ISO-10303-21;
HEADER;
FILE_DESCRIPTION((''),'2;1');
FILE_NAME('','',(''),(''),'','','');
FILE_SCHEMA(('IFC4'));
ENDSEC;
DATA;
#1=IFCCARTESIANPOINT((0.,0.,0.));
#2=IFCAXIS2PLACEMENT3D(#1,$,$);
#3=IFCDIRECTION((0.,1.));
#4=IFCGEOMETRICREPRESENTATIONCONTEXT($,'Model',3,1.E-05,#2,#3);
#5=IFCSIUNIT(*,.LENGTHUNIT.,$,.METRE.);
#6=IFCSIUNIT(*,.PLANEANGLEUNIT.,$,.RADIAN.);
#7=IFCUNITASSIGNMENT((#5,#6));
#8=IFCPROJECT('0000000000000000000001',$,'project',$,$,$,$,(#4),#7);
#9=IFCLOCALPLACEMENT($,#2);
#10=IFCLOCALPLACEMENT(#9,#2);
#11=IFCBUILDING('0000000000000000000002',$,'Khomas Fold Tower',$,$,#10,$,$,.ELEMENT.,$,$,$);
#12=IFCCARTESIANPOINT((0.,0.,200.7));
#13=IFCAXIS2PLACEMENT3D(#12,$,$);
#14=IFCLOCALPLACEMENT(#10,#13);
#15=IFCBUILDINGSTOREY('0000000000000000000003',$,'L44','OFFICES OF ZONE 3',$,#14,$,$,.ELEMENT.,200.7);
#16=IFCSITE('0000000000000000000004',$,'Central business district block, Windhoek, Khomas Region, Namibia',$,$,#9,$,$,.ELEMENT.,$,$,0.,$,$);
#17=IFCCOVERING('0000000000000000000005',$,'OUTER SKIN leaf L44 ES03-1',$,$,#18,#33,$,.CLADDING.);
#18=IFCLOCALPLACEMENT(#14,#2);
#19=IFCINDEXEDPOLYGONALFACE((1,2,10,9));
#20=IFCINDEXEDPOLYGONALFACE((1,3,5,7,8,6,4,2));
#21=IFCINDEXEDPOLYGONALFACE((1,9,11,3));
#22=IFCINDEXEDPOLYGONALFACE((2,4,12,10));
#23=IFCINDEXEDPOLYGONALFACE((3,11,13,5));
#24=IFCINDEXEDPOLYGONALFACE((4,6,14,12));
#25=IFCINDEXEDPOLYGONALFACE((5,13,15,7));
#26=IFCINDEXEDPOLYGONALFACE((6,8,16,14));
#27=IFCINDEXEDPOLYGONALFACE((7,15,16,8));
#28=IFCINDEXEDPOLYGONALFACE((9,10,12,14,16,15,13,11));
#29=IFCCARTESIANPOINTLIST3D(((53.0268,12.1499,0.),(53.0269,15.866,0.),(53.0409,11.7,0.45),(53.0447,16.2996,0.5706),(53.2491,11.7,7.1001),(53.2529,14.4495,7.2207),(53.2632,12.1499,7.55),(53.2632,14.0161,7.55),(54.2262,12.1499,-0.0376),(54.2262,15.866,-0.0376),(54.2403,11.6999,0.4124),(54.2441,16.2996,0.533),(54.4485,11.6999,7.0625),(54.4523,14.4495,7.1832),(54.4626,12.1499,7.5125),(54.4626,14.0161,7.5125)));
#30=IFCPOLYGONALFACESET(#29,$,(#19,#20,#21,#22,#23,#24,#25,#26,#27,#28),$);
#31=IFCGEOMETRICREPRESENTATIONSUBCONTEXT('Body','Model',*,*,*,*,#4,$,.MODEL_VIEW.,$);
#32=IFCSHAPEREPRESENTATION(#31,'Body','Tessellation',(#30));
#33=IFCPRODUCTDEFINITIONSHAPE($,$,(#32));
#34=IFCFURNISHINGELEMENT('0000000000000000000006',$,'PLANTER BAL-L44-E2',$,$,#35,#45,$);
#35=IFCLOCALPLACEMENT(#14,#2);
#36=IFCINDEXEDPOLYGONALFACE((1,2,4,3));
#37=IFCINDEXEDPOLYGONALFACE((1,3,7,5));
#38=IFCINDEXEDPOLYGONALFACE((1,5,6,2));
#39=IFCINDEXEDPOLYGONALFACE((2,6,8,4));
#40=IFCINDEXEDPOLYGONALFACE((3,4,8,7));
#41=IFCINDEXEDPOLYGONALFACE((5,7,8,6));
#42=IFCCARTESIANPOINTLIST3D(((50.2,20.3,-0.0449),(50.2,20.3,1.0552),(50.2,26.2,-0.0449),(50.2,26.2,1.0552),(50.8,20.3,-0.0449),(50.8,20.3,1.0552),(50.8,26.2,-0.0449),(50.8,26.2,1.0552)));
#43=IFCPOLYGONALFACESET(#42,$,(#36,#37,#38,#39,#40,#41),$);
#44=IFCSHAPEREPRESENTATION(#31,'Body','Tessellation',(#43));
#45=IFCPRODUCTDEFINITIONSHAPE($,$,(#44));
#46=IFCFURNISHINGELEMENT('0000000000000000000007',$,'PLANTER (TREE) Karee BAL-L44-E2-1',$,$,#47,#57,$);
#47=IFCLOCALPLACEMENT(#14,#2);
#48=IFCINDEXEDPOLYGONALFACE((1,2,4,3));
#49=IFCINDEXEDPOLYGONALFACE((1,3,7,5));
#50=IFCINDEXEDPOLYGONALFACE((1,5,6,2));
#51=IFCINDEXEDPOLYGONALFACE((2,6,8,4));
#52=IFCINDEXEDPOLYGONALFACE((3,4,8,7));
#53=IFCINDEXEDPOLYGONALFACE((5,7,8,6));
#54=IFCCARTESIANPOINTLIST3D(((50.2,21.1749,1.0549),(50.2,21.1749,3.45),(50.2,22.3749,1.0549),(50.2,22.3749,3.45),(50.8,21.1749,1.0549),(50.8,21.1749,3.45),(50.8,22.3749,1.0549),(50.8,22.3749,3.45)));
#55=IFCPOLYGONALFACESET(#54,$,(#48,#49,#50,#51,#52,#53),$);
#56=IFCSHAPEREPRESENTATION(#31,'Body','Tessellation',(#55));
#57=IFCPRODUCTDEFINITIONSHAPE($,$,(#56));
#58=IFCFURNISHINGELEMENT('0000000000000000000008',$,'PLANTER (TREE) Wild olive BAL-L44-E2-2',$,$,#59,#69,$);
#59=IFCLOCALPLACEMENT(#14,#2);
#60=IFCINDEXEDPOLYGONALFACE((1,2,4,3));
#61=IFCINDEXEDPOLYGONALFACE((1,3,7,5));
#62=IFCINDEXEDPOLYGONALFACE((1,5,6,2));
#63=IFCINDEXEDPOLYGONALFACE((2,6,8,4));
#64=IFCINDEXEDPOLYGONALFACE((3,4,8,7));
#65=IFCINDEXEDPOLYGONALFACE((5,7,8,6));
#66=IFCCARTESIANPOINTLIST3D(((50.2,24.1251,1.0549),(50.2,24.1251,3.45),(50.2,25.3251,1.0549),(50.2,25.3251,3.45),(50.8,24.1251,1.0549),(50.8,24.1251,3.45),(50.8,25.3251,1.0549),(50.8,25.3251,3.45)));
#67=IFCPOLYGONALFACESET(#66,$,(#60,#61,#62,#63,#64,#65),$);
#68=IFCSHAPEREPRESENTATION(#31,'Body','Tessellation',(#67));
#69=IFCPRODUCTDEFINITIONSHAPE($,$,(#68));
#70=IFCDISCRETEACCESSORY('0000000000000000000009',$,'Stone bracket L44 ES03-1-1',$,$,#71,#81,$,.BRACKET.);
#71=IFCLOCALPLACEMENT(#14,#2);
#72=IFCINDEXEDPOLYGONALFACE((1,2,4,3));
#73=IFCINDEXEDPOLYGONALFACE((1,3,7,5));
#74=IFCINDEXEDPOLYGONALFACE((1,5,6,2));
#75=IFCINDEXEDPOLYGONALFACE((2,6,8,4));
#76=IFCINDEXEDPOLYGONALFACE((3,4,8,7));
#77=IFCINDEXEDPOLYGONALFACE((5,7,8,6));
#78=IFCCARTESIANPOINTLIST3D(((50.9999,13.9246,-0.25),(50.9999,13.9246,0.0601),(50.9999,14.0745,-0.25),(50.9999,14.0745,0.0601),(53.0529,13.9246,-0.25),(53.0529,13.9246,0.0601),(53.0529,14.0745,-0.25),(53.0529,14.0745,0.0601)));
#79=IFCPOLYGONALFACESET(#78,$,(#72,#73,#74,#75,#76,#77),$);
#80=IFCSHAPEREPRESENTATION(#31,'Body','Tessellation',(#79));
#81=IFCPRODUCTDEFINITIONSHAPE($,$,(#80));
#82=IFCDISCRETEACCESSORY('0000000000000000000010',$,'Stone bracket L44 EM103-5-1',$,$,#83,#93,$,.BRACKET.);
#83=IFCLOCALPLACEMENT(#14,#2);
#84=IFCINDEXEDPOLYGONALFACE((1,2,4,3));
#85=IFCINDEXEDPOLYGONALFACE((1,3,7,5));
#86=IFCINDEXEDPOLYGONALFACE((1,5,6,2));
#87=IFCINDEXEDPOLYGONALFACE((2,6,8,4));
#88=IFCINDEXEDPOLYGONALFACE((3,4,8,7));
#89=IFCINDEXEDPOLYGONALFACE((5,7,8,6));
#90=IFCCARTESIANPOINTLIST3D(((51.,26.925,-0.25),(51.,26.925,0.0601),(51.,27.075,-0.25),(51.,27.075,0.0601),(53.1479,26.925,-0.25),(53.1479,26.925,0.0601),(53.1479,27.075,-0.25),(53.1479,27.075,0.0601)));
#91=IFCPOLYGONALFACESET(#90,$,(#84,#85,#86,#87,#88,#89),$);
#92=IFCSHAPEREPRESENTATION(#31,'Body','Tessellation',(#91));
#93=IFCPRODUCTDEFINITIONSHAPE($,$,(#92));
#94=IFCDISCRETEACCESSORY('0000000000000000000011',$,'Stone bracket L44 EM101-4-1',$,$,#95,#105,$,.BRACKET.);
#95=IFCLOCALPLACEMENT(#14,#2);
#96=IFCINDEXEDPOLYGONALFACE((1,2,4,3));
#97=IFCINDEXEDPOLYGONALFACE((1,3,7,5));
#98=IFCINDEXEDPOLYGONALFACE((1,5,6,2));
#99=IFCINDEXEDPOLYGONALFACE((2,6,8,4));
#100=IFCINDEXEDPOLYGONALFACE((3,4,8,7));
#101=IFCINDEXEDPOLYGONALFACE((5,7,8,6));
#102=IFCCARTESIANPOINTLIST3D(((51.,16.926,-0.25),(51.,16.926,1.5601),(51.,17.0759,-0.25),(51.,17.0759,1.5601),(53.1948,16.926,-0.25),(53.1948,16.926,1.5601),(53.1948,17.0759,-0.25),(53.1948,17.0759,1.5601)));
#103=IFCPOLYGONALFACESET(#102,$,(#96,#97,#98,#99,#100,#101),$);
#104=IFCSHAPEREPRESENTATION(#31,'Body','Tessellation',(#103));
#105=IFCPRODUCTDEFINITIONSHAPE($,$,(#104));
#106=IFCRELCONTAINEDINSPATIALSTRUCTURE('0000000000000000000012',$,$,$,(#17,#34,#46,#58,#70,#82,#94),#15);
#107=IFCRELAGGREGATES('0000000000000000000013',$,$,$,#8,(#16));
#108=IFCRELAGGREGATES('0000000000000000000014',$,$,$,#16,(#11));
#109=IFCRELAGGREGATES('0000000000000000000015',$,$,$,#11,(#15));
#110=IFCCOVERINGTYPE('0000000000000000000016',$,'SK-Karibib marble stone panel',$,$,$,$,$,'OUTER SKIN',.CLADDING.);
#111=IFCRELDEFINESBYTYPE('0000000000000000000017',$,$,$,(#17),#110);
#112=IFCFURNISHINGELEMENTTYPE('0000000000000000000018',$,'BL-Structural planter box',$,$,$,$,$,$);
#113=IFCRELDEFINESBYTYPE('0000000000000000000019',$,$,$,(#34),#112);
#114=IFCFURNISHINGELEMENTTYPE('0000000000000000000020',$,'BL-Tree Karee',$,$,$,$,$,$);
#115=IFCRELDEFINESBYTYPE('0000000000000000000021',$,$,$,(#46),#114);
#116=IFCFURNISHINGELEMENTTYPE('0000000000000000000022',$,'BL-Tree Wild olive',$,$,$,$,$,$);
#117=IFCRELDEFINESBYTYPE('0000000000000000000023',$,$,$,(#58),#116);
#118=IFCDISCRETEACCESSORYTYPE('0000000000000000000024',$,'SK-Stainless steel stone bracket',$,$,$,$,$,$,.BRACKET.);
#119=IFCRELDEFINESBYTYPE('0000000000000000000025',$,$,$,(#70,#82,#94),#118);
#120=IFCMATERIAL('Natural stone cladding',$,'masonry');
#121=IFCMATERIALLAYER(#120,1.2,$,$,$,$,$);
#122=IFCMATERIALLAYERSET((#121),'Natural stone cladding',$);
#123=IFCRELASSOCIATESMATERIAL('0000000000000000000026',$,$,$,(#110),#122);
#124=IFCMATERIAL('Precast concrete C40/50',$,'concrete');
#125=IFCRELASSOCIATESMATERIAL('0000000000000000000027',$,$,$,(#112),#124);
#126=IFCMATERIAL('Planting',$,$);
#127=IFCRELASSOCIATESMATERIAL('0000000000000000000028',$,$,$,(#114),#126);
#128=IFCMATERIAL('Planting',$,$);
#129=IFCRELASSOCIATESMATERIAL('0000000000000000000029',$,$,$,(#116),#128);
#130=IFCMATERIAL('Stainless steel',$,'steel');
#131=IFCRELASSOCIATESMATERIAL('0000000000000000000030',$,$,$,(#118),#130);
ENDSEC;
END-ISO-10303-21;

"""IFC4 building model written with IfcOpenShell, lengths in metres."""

from ifc_helpers import new_model, si_unit, direction, frame, origin, origin_2d, place, context, subcontext, project, spatial, polyline, rectangle, outline, extrude, source, transform, mapped, material, layer, layer_set, type_object, element, save


model = new_model("IFC4")

# Units and contexts
model_context = context("Model", 3, precision=1e-05, world=origin(), true_north=direction((0.0, 1.0)))
body_context = subcontext(model_context, "Body", "Model", "MODEL_VIEW")
ifc_project = project(units=[si_unit("LENGTHUNIT", "METRE"), si_unit("PLANEANGLEUNIT", "RADIAN")], contexts=[model_context])

# Site, building, storey
site_placement = place(None, origin())
site = spatial("IfcSite", under=ifc_project, at=site_placement, Name="Central business district block, Windhoek, Khomas Region, Namibia", CompositionType="ELEMENT", RefElevation=0.0)
building_placement = place(site_placement, origin())
building = spatial("IfcBuilding", under=site, at=building_placement, Name="Khomas Fold Tower", CompositionType="ELEMENT")
storey_placement = place(building_placement, frame((0.0, 0.0, 200.7)))
storey = spatial("IfcBuildingStorey", under=building, at=storey_placement, Name="L44", Description="OFFICES OF ZONE 3", CompositionType="ELEMENT", Elevation=200.7)

# Covering
ifc_material_1 = material(Name="Natural stone cladding", Category="masonry")
ifc_layer_1 = layer(ifc_material_1, 1.2)
ifc_layer_set_1 = layer_set([ifc_layer_1], Name="Natural stone cladding")
covering_type_1 = type_object("IfcCoveringType", Name="SK-Karibib marble stone panel", ElementType="OUTER SKIN", PredefinedType="CLADDING", material=ifc_layer_set_1)
covering_1_placement = place(storey_placement, frame((53.2529, 14.4495, 7.2207), z_axis=(-0.99951, 0.000003, 0.031295), x_axis=(-0.03015, 0.267903, -0.962974)))
element("IfcCovering", 1, at=covering_1_placement, inside=storey, type_object=covering_type_1, Name="OUTER SKIN leaf L44 ES03-1", PredefinedType="CLADDING", context=body_context, shape_type="SweptSolid", body=[
    extrude(outline(polyline([(0.0, 0.0), (6.9058, 0.0), (7.3397, 0.5707), (6.3441, 4.1509), (5.7898, 4.4638), (-0.6204, 2.6813), (-0.9335, 2.1272), (-0.4336, 0.3292), (0.0, 0.0)])), origin(), (0.0, 0.0, -1.0), 1.2),
])

# Furnishing elements
ifc_material_2 = material(Name="Precast concrete C40/50", Category="concrete")
furnishing_element_type_1 = type_object("IfcFurnishingElementType", Name="BL-Structural planter box", material=ifc_material_2)
shared_shape_1 = source(origin(), body_context, "Body", "SweptSolid", [
    extrude(rectangle(XDim=5.8999, YDim=0.6001, at=origin_2d()), origin(), (0.0, 0.0, 1.0), 1.1001),
])
furnishing_1_placement = place(storey_placement, frame((50.5, 23.25, -0.0449), z_axis=(0.0, 0.0, 1.0), x_axis=(0.0, 1.0, 0.0)))
element("IfcFurnishingElement", 2, at=furnishing_1_placement, inside=storey, type_object=furnishing_element_type_1, Name="PLANTER BAL-L44-E2", context=body_context, shape_type="MappedRepresentation", body=[
    mapped(shared_shape_1, transform((0.0, 0.0, 0.0))),
])
ifc_material_3 = material(Name="Planting")
furnishing_element_type_2 = type_object("IfcFurnishingElementType", Name="BL-Tree Karee", material=ifc_material_3)
shared_shape_2 = source(origin(), body_context, "Body", "SweptSolid", [
    extrude(rectangle(XDim=1.2, YDim=0.6001, at=origin_2d()), origin(), (0.0, 0.0, 1.0), 2.395),
])
furnishing_2_placement = place(storey_placement, frame((50.5, 21.7749, 1.0549), z_axis=(0.0, 0.0, 1.0), x_axis=(0.0, 1.0, 0.0)))
element("IfcFurnishingElement", 3, at=furnishing_2_placement, inside=storey, type_object=furnishing_element_type_2, Name="PLANTER (TREE) Karee BAL-L44-E2-1", context=body_context, shape_type="MappedRepresentation", body=[
    mapped(shared_shape_2, transform((0.0, 0.0, 0.0))),
])
ifc_material_4 = material(Name="Planting")
furnishing_element_type_3 = type_object("IfcFurnishingElementType", Name="BL-Tree Wild olive", material=ifc_material_4)
furnishing_3_placement = place(storey_placement, frame((50.5, 24.7251, 1.0549), z_axis=(0.0, 0.0, 1.0), x_axis=(0.0, 1.0, 0.0)))
element("IfcFurnishingElement", 4, at=furnishing_3_placement, inside=storey, type_object=furnishing_element_type_3, Name="PLANTER (TREE) Wild olive BAL-L44-E2-2", context=body_context, shape_type="MappedRepresentation", body=[
    mapped(shared_shape_2, transform((0.0, 0.0, 0.0))),
])

# Discrete accessories
ifc_material_5 = material(Name="Stainless steel", Category="steel")
discrete_accessory_type = type_object("IfcDiscreteAccessoryType", Name="SK-Stainless steel stone bracket", PredefinedType="BRACKET", material=ifc_material_5)
shared_shape_3 = source(origin(), body_context, "Body", "SweptSolid", [
    extrude(rectangle(XDim=2.053, YDim=0.1499, at=origin_2d()), origin(), (0.0, 0.0, 1.0), 0.3101),
])
discrete_accessory_1_placement = place(storey_placement, frame((52.0264, 13.9995, -0.25), z_axis=(0.0, 0.0, 1.0), x_axis=(1.0, 0.0, 0.0)))
element("IfcDiscreteAccessory", 5, at=discrete_accessory_1_placement, inside=storey, type_object=discrete_accessory_type, Name="Stone bracket L44 ES03-1-1", PredefinedType="BRACKET", context=body_context, shape_type="MappedRepresentation", body=[
    mapped(shared_shape_3, transform((0.0, 0.0, 0.0))),
])
shared_shape_4 = source(origin(), body_context, "Body", "SweptSolid", [
    extrude(rectangle(XDim=2.1479, YDim=0.1499, at=origin_2d()), origin(), (0.0, 0.0, 1.0), 0.3101),
])
discrete_accessory_2_placement = place(storey_placement, frame((52.074, 27.0, -0.25), z_axis=(0.0, 0.0, 1.0), x_axis=(1.0, 0.0, 0.0)))
element("IfcDiscreteAccessory", 6, at=discrete_accessory_2_placement, inside=storey, type_object=discrete_accessory_type, Name="Stone bracket L44 EM103-5-1", PredefinedType="BRACKET", context=body_context, shape_type="MappedRepresentation", body=[
    mapped(shared_shape_4, transform((0.0, 0.0, 0.0))),
])
shared_shape_5 = source(origin(), body_context, "Body", "SweptSolid", [
    extrude(rectangle(XDim=2.1948, YDim=0.1499, at=origin_2d()), origin(), (0.0, 0.0, 1.0), 1.8101),
])
discrete_accessory_3_placement = place(storey_placement, frame((52.0974, 17.001, -0.25), z_axis=(0.0, 0.0, 1.0), x_axis=(1.0, 0.0, 0.0)))
element("IfcDiscreteAccessory", 7, at=discrete_accessory_3_placement, inside=storey, type_object=discrete_accessory_type, Name="Stone bracket L44 EM101-4-1", PredefinedType="BRACKET", context=body_context, shape_type="MappedRepresentation", body=[
    mapped(shared_shape_5, transform((0.0, 0.0, 0.0))),
])

save(model, "model.ifc")
